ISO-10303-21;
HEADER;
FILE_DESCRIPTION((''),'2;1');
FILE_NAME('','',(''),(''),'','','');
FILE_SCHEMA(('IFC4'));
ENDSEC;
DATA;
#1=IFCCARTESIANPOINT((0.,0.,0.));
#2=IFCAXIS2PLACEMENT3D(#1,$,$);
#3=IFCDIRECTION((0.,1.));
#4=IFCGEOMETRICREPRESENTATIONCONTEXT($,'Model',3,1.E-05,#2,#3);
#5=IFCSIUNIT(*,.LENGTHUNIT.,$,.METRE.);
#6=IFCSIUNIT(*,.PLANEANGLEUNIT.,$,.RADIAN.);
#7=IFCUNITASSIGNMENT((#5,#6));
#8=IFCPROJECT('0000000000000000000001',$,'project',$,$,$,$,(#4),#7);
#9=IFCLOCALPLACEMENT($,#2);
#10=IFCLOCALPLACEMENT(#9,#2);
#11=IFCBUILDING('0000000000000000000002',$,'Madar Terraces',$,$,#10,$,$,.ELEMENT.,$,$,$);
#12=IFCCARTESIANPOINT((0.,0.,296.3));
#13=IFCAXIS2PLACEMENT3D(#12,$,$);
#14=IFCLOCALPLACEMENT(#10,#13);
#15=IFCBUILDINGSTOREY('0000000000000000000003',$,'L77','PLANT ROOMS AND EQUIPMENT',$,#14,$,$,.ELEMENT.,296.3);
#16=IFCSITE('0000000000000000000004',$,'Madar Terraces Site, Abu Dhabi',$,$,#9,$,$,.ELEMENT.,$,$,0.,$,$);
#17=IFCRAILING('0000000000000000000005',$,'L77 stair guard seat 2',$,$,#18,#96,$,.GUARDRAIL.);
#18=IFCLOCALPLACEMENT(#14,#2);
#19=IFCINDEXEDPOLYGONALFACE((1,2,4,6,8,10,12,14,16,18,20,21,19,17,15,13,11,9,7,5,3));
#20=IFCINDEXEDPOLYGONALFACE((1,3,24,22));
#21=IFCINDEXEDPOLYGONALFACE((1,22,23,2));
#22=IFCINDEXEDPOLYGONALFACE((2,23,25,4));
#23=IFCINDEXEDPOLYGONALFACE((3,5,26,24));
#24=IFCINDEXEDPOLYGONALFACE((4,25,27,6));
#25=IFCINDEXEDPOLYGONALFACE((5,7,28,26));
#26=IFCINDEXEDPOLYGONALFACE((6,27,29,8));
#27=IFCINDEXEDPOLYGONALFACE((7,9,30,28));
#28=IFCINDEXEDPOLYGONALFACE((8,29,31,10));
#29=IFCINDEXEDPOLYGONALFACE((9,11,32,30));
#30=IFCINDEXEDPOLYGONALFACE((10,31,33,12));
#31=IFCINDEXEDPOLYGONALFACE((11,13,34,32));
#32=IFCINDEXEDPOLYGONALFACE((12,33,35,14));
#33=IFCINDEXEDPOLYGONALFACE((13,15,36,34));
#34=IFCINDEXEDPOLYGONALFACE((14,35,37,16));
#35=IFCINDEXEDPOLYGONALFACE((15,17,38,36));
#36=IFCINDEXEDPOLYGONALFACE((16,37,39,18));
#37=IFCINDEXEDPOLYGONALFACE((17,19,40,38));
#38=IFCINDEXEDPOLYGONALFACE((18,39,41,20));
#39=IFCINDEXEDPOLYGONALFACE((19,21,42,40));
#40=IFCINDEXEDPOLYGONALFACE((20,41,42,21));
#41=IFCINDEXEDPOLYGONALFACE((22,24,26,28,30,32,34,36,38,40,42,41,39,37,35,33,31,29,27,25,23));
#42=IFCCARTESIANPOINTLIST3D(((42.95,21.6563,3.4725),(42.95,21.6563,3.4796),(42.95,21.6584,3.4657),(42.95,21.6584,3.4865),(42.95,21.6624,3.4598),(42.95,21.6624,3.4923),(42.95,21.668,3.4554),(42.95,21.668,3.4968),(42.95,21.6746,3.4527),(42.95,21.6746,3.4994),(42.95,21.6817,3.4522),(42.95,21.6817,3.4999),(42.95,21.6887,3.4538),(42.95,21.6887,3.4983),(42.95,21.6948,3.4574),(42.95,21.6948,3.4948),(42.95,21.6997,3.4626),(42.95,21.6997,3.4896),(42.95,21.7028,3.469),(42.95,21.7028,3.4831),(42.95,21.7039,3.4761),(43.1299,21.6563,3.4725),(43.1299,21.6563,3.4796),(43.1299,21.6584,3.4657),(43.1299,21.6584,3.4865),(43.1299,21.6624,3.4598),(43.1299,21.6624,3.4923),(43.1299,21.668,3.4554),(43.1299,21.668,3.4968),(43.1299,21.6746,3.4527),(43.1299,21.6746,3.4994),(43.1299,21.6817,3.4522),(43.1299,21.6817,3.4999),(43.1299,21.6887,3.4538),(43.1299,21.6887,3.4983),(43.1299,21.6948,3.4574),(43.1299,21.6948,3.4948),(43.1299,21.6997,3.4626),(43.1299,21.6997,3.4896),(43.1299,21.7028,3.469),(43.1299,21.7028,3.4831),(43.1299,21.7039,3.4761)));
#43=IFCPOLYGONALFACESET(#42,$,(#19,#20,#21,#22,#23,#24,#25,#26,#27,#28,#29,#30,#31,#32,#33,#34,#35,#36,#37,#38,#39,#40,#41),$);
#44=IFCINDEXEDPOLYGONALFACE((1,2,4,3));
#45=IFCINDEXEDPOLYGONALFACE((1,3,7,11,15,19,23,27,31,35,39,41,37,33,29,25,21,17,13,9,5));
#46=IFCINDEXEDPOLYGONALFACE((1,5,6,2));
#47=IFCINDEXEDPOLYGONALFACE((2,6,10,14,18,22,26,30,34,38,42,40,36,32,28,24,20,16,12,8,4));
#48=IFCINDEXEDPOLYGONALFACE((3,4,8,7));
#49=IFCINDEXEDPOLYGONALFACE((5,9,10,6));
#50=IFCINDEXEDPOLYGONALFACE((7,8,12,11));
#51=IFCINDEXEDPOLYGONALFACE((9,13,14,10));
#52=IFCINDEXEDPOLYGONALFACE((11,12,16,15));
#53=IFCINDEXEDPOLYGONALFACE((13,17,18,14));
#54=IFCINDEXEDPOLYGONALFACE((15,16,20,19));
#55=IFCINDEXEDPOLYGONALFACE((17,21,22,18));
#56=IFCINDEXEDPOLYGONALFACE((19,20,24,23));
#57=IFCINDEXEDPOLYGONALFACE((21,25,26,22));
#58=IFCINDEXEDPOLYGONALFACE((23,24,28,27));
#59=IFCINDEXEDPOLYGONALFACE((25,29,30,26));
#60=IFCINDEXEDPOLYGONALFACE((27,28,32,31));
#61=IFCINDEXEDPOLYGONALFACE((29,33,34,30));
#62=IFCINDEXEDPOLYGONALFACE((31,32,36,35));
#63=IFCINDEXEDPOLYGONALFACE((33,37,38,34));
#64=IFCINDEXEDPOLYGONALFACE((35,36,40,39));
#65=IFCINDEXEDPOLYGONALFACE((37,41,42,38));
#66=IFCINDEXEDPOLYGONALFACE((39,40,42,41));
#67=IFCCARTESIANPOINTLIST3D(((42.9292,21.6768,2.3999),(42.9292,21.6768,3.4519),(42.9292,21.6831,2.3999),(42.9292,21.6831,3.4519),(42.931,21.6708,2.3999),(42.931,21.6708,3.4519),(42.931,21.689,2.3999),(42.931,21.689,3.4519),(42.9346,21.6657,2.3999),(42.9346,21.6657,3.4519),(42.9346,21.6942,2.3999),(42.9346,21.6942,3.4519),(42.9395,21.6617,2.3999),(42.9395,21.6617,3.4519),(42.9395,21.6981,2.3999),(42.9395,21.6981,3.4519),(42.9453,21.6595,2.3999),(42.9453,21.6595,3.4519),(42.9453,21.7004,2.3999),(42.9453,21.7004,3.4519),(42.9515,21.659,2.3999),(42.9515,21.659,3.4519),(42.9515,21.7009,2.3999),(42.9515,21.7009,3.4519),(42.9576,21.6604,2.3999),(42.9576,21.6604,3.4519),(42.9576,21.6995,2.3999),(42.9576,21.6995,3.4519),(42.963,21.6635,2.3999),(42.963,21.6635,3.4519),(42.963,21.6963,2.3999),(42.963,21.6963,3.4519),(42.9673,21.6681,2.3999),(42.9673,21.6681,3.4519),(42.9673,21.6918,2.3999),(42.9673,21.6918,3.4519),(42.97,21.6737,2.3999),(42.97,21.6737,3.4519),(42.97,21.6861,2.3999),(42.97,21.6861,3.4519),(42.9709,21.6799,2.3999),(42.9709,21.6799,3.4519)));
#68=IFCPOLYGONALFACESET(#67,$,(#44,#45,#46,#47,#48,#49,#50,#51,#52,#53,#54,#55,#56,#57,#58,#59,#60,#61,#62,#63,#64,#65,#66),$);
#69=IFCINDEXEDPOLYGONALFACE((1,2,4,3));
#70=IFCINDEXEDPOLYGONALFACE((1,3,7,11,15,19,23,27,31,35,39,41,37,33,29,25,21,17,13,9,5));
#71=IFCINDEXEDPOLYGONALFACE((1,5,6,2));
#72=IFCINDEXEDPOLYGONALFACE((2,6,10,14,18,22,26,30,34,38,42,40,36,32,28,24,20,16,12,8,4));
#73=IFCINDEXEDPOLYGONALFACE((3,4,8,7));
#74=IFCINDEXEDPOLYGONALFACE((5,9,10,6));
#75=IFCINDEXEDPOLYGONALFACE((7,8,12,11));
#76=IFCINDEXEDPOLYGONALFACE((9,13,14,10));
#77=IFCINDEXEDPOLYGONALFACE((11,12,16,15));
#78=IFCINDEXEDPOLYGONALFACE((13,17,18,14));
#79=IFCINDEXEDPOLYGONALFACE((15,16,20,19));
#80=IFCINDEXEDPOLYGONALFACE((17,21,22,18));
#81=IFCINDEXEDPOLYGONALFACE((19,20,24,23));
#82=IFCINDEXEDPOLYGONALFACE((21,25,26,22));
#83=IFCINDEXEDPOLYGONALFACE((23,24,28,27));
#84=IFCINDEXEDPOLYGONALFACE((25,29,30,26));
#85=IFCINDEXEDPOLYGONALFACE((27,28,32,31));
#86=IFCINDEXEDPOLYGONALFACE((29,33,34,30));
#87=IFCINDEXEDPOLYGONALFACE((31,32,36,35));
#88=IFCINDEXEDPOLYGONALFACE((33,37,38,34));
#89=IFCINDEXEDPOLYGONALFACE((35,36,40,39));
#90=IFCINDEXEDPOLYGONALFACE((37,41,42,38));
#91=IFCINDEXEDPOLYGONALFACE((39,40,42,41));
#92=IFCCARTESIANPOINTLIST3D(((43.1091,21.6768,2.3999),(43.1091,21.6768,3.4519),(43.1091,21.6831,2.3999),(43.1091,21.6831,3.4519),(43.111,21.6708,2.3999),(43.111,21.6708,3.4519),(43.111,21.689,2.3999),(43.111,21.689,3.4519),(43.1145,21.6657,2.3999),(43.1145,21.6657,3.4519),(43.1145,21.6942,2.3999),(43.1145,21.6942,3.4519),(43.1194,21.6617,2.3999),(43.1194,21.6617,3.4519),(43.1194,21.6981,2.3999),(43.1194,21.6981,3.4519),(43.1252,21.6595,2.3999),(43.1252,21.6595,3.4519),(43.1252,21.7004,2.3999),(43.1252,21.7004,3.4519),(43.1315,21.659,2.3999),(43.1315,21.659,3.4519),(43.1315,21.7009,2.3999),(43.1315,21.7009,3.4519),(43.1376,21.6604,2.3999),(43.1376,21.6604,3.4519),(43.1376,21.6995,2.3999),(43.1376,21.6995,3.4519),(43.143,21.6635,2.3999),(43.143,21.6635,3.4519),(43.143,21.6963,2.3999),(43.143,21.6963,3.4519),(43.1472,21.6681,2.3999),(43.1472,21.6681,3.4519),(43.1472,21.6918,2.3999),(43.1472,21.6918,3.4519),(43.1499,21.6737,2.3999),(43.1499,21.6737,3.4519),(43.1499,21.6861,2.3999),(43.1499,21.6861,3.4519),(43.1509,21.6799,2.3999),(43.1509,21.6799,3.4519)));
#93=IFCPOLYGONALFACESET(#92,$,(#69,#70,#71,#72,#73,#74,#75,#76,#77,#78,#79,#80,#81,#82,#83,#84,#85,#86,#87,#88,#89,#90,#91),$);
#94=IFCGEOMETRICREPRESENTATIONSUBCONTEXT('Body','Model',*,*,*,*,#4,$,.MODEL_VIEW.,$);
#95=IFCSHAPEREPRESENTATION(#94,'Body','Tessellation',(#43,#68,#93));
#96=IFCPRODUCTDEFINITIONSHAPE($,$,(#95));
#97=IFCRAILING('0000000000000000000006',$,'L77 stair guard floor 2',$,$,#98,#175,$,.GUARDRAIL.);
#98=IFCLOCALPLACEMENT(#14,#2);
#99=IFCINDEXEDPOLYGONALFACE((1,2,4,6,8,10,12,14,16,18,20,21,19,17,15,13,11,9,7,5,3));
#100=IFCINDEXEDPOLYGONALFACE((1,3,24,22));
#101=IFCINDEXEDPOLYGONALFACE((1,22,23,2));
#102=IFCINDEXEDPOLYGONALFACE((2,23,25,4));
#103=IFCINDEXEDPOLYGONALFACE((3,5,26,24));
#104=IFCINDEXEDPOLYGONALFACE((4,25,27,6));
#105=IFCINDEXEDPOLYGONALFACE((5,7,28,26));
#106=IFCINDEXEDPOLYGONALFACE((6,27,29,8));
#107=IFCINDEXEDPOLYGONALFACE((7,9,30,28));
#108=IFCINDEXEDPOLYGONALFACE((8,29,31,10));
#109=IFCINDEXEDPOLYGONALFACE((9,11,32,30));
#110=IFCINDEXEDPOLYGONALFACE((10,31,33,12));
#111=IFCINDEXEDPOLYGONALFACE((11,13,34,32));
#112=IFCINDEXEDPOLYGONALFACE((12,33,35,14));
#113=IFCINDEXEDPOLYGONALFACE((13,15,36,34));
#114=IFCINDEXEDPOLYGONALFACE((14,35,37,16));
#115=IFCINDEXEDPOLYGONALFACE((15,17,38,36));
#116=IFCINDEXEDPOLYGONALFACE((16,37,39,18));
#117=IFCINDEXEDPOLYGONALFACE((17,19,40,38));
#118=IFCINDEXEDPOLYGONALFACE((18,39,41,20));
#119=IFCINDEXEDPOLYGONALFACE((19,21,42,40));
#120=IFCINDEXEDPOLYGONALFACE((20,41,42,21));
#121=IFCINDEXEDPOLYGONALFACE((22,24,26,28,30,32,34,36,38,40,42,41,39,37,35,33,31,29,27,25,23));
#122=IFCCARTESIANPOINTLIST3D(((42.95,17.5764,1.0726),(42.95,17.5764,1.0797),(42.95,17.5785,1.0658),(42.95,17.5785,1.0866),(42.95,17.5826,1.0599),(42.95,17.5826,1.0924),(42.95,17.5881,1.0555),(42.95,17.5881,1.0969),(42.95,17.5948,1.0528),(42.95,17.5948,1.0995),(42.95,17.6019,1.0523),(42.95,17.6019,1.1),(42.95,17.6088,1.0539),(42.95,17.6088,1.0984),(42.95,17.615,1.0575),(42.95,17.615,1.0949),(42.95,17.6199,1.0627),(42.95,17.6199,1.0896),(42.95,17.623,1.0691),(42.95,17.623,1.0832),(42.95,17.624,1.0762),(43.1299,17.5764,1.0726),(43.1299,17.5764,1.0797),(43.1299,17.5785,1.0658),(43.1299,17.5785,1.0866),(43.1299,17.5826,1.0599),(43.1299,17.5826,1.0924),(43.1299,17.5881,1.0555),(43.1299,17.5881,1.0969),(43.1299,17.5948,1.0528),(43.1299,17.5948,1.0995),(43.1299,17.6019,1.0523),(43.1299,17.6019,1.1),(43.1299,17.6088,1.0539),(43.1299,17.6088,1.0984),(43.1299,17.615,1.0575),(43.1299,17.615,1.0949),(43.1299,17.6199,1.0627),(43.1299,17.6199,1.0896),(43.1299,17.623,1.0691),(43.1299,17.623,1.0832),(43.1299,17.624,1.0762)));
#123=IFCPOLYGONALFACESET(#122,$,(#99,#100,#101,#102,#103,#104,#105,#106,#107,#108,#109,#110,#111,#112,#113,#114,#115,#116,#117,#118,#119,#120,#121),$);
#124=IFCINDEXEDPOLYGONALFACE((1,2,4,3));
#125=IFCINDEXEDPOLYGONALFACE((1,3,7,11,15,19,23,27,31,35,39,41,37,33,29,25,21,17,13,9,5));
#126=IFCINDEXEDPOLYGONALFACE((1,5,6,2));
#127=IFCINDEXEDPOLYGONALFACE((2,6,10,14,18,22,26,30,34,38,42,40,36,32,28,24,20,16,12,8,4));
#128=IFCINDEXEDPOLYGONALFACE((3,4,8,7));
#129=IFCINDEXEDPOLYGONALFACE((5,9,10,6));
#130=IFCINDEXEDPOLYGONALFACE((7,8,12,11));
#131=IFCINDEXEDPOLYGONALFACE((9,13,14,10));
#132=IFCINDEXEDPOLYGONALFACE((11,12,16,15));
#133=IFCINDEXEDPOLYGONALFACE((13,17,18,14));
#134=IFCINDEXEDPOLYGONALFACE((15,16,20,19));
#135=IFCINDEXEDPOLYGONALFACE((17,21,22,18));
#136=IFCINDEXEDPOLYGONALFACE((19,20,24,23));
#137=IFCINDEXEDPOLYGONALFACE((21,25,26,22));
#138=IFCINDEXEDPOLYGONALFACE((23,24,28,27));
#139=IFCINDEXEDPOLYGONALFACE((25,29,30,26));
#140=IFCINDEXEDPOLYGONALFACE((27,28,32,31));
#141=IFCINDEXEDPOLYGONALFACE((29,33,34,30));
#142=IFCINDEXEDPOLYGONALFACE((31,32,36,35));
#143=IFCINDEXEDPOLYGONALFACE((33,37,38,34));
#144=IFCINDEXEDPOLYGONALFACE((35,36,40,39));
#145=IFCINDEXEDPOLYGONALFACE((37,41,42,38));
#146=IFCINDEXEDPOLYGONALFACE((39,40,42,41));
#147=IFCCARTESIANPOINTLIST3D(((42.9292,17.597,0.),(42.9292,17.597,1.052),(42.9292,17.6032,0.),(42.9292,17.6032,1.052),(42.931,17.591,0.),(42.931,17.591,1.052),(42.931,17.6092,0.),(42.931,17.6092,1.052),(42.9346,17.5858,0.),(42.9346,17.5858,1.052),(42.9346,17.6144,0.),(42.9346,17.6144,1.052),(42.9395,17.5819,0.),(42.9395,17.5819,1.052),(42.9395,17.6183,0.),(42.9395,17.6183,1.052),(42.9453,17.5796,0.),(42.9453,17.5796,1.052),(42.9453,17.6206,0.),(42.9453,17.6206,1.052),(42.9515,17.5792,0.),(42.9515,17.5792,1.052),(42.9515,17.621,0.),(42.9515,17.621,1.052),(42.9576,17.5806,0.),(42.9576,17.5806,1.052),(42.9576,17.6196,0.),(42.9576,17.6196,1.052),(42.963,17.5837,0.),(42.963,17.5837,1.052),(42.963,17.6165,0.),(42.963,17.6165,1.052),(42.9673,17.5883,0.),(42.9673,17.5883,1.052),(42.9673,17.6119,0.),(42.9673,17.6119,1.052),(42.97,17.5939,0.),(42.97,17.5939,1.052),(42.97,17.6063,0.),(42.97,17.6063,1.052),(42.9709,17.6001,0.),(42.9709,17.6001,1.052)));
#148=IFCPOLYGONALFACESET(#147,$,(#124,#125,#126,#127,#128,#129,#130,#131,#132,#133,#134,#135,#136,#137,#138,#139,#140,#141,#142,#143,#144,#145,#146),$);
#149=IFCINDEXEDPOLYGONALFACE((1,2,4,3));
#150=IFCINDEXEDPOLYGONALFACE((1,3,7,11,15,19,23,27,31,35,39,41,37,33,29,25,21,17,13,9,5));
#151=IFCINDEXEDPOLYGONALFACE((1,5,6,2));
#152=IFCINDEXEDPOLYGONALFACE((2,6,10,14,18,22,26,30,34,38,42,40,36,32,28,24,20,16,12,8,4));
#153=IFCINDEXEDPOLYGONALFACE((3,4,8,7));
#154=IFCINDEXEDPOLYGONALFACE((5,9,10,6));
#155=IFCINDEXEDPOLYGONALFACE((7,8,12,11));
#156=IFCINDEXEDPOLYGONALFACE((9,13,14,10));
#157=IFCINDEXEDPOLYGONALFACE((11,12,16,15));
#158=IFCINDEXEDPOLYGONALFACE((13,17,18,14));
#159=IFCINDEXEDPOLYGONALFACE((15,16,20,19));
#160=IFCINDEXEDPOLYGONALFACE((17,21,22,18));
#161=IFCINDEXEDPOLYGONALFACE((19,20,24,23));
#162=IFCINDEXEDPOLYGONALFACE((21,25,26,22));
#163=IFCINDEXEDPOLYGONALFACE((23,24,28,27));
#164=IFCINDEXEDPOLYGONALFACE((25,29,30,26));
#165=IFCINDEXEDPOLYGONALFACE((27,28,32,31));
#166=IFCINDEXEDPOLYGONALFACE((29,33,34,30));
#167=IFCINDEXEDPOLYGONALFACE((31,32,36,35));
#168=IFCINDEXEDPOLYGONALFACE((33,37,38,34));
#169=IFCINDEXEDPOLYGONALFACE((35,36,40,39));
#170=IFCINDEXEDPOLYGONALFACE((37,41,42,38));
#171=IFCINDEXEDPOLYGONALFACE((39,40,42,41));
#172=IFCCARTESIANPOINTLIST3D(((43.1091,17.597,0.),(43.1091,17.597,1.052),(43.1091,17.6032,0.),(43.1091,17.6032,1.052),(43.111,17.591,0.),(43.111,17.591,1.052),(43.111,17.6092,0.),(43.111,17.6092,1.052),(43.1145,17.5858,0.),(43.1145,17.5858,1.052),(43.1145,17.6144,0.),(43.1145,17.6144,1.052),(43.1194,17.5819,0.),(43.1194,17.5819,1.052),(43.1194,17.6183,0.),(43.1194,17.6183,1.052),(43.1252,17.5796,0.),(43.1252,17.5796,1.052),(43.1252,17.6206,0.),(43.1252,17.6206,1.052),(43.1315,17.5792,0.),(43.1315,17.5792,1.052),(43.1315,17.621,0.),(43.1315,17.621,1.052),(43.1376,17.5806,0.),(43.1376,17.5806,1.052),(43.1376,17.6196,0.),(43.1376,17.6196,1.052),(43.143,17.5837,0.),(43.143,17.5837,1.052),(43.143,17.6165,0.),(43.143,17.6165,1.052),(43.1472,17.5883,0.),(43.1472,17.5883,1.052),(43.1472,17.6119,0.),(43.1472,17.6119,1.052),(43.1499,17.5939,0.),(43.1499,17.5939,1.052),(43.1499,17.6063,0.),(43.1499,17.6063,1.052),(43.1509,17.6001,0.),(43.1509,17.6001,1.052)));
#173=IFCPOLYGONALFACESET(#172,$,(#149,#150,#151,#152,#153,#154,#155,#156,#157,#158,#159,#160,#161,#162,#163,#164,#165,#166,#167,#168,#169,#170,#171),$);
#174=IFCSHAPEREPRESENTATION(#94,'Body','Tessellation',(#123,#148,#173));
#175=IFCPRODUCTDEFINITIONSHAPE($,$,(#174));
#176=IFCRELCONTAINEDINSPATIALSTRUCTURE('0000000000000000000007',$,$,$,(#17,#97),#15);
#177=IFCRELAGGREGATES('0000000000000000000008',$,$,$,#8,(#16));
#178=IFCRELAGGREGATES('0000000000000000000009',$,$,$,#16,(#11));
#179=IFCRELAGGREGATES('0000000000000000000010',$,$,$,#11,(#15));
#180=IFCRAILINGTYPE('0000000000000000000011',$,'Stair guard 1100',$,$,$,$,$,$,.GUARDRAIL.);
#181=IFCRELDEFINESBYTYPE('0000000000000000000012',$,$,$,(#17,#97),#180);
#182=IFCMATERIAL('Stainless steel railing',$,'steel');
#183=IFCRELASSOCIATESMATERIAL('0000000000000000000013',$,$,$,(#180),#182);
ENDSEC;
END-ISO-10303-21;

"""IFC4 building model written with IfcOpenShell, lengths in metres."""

from ifc_helpers import new_model, si_unit, direction, frame, origin, origin_2d, place, context, subcontext, project, spatial, circle, extrude, material, type_object, element, save


model = new_model("IFC4")

# Units and contexts
model_context = context("Model", 3, precision=1e-05, world=origin(), true_north=direction((0.0, 1.0)))
body_context = subcontext(model_context, "Body", "Model", "MODEL_VIEW")
ifc_project = project(units=[si_unit("LENGTHUNIT", "METRE"), si_unit("PLANEANGLEUNIT", "RADIAN")], contexts=[model_context])

# Site, building, storey
site_placement = place(None, origin())
site = spatial("IfcSite", under=ifc_project, at=site_placement, Name="Madar Terraces Site, Abu Dhabi", CompositionType="ELEMENT", RefElevation=0.0)
building_placement = place(site_placement, origin())
building = spatial("IfcBuilding", under=site, at=building_placement, Name="Madar Terraces", CompositionType="ELEMENT")
storey_placement = place(building_placement, frame((0.0, 0.0, 296.3)))
storey = spatial("IfcBuildingStorey", under=building, at=storey_placement, Name="L77", Description="PLANT ROOMS AND EQUIPMENT", CompositionType="ELEMENT", Elevation=296.3)

# Railings
ifc_material_1 = material(Name="Stainless steel railing", Category="steel")
railing_type_1 = type_object("IfcRailingType", Name="Stair guard 1100", PredefinedType="GUARDRAIL", material=ifc_material_1)
for number, where, name in (
    (1, (42.95, 21.6799, 2.3999), "L77 stair guard seat 2"),
    (2, (42.95, 17.6001, 0.0), "L77 stair guard floor 2"),
):
    element("IfcRailing", number, at=place(storey_placement, frame(where)), inside=storey, type_object=railing_type_1, Name=name, PredefinedType="GUARDRAIL", context=body_context, shape_type="SweptSolid", body=[
        extrude(circle(Radius=0.0239, at=origin_2d()), frame((0.0, 0.0, 1.0762), z_axis=(1.0, 0.0, 0.0), x_axis=(0.0, 1.0, 0.0)), (0.0, 0.0, 1.0), 0.1799),
        extrude(circle(Radius=0.021, at=origin_2d()), origin(), (0.0, 0.0, 1.0), 1.052),
        extrude(circle(Radius=0.021, at=origin_2d()), frame((0.1799, 0.0, 0.0)), (0.0, 0.0, 1.0), 1.052),
    ])

save(model, "model.ifc")
